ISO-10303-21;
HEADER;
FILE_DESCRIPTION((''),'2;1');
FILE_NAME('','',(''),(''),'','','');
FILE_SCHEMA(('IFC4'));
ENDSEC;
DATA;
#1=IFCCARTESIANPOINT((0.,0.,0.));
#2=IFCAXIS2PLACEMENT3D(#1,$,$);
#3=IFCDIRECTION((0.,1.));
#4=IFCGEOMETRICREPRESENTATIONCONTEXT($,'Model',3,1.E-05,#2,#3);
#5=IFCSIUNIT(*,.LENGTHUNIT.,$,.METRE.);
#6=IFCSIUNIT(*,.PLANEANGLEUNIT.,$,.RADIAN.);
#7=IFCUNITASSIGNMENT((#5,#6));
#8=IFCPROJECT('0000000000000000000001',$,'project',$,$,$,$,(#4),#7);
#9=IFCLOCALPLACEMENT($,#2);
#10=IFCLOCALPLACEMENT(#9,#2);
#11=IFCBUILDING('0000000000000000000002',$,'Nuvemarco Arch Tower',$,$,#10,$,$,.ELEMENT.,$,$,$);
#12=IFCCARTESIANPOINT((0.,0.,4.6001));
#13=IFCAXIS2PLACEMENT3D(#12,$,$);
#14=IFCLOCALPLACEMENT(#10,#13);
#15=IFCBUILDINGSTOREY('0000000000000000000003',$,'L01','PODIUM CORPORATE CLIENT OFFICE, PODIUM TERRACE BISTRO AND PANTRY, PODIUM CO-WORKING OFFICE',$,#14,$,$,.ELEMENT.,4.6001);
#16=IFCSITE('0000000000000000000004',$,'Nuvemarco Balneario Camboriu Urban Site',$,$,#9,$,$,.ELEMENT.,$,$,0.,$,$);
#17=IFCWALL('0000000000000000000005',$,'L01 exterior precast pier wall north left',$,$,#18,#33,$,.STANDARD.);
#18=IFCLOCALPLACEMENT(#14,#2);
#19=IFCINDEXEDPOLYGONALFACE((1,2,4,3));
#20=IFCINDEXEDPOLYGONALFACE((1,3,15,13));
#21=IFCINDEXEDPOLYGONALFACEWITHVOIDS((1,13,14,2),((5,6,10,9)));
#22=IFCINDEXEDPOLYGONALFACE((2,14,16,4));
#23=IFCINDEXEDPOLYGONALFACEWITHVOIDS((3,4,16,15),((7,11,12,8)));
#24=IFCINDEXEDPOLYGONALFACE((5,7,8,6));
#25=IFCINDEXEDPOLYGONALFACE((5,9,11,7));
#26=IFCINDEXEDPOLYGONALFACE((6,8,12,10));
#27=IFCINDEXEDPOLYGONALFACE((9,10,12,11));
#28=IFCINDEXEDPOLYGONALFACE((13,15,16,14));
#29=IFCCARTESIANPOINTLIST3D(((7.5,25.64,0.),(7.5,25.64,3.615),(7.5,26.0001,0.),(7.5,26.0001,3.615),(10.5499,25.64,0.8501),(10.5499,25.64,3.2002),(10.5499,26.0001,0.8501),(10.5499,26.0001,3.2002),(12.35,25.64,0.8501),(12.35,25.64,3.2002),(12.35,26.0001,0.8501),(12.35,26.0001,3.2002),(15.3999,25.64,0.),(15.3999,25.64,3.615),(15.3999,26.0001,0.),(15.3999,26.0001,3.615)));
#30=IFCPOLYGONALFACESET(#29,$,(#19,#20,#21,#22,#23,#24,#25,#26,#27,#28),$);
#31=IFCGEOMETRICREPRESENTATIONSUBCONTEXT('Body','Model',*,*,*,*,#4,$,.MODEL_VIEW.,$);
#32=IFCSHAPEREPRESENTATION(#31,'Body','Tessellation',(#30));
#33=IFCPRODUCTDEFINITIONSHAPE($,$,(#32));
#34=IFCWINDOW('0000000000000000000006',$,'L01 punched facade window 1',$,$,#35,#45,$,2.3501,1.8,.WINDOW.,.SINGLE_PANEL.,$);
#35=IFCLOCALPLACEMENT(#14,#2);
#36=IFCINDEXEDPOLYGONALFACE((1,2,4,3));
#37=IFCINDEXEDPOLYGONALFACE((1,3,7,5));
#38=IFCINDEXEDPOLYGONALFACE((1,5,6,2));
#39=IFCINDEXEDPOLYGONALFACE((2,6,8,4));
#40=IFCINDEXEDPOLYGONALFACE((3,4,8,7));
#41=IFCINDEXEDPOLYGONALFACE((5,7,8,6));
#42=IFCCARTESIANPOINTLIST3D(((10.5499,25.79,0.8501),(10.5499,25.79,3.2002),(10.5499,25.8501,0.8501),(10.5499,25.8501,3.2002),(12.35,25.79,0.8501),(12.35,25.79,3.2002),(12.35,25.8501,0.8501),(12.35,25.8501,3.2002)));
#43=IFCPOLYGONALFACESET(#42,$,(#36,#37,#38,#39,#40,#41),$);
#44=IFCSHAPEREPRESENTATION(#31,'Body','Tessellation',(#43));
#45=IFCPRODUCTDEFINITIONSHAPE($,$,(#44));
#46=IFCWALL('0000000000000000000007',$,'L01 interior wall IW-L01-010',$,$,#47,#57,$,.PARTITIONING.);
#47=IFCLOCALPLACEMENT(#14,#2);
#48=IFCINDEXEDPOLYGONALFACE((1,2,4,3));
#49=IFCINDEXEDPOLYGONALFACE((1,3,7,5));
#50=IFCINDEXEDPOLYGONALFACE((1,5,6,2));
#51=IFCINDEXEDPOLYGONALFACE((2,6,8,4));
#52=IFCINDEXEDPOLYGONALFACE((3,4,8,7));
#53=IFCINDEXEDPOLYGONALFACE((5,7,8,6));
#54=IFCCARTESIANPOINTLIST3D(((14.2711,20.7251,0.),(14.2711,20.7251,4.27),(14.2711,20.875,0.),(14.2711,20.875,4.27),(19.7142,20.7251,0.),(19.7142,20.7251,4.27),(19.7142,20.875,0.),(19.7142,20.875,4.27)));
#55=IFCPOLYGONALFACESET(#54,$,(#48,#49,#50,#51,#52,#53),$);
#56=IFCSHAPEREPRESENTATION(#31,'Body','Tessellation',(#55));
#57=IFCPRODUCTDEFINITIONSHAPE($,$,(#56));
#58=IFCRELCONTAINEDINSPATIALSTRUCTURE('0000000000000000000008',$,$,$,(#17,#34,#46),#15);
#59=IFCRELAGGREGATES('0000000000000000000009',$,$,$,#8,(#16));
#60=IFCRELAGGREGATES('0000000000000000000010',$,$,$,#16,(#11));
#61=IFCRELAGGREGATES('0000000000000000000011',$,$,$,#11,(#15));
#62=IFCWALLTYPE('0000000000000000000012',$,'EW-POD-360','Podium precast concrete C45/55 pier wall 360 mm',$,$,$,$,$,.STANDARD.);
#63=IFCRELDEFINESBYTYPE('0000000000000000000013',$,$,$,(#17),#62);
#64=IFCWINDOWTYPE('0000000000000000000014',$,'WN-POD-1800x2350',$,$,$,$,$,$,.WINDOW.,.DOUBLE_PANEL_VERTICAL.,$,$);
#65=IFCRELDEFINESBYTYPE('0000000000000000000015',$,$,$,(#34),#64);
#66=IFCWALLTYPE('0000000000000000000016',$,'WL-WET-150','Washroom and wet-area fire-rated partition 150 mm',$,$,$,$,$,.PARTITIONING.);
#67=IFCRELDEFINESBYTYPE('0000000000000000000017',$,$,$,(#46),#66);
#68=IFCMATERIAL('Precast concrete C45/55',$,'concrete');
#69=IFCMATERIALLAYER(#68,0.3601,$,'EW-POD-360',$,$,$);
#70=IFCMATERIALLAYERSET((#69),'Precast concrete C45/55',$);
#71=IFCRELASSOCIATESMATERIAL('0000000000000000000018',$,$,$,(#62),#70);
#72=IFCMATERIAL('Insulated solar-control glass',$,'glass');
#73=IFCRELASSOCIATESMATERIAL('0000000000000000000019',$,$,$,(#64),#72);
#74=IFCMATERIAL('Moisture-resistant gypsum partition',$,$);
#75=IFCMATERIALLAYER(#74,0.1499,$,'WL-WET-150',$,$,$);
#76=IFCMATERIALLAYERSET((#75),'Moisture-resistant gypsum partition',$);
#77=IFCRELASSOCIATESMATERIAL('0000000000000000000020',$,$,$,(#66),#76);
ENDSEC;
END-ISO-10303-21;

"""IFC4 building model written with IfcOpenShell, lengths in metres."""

from ifc_helpers import new_model, si_unit, direction, frame, frame_2d, origin, place, context, subcontext, project, spatial, rectangle, extrude, source, transform, mapped, material, layer, layer_set, type_object, type_shapes, element, fill, save


model = new_model("IFC4")

# Units and contexts
model_context = context("Model", 3, precision=1e-05, world=origin(), true_north=direction((0.0, 1.0)))
body_context = subcontext(model_context, "Body", "Model", "MODEL_VIEW")
ifc_project = project(units=[si_unit("LENGTHUNIT", "METRE"), si_unit("PLANEANGLEUNIT", "RADIAN")], contexts=[model_context])

# Site, building, storey
site_placement = place(None, origin())
site = spatial("IfcSite", under=ifc_project, at=site_placement, Name="Nuvemarco Balneario Camboriu Urban Site", CompositionType="ELEMENT", RefElevation=0.0)
building_placement = place(site_placement, origin())
building = spatial("IfcBuilding", under=site, at=building_placement, Name="Nuvemarco Arch Tower", CompositionType="ELEMENT")
storey_placement = place(building_placement, frame((0.0, 0.0, 4.6001)))
storey = spatial("IfcBuildingStorey", under=building, at=storey_placement, Name="L01", Description="PODIUM CORPORATE CLIENT OFFICE, PODIUM TERRACE BISTRO AND PANTRY, PODIUM CO-WORKING OFFICE", CompositionType="ELEMENT", Elevation=4.6001)

# Shared definitions
ifc_material_1 = material(Name="Precast concrete C45/55", Category="concrete")

# Shared definitions
ifc_material_2 = material(Name="Insulated solar-control glass", Category="glass")

# Wall, opening, window
ifc_layer_1 = layer(ifc_material_1, 0.3601, Name="EW-POD-360")
ifc_layer_set_1 = layer_set([ifc_layer_1], Name="Precast concrete C45/55")
wall_type_1 = type_object("IfcWallType", Name="EW-POD-360", Description="Podium precast concrete C45/55 pier wall 360 mm", PredefinedType="STANDARD", material=ifc_layer_set_1)
wall_1_placement = place(storey_placement, frame((7.5, 25.8201, 0.0), z_axis=(0.0, 0.0, 1.0), x_axis=(1.0, 0.0, 0.0)))
wall_1 = element("IfcWall", 1, at=wall_1_placement, inside=storey, type_object=wall_type_1, Name="L01 exterior precast pier wall north left", PredefinedType="STANDARD", context=body_context, shape_type="SweptSolid", body=[
    extrude(rectangle(XDim=7.8999, YDim=0.3601, at=frame_2d((3.95, 0.0))), origin(), (0.0, 0.0, 1.0), 3.615),
])
opening_placement = place(wall_1_placement, frame((3.05, 0.0, 0.8501)))
opening = element("IfcOpeningElement", 2, at=opening_placement, cuts=wall_1, PredefinedType="OPENING", context=body_context, shape_type="SweptSolid", body=[
    extrude(rectangle(XDim=1.8, YDim=2.3501, at=frame_2d((0.8999, 1.175))), frame((0.0, 0.1899, 0.0), z_axis=(0.0, -1.0, 0.0), x_axis=(1.0, 0.0, 0.0)), (0.0, 0.0, 1.0), 0.3801),
])
window_type = type_object("IfcWindowType", Name="WN-POD-1800x2350", PartitioningType="DOUBLE_PANEL_VERTICAL", PredefinedType="WINDOW", material=ifc_material_2)
shared_shape_1 = source(origin(), body_context, "Body", "SweptSolid", [
    extrude(rectangle(XDim=1.8, YDim=2.3501, at=frame_2d((0.8999, 1.175))), frame((0.0, 0.03, 0.0), z_axis=(0.0, -1.0, 0.0), x_axis=(1.0, 0.0, 0.0)), (0.0, 0.0, 1.0), 0.0601),
])
type_shapes(window_type, [shared_shape_1])
window_placement = place(opening_placement, origin())
window = element("IfcWindow", 3, at=window_placement, inside=storey, type_object=window_type, Name="L01 punched facade window 1", OverallHeight=2.3501, OverallWidth=1.8, PartitioningType="SINGLE_PANEL", PredefinedType="WINDOW", context=body_context, shape_type="MappedRepresentation", body=[
    mapped(shared_shape_1, transform((0.0, 0.0, 0.0), scale=1.0)),
])
fill(opening, window)

# Wall
ifc_material_3 = material(Name="Moisture-resistant gypsum partition")
ifc_layer_2 = layer(ifc_material_3, 0.1499, Name="WL-WET-150")
ifc_layer_set_2 = layer_set([ifc_layer_2], Name="Moisture-resistant gypsum partition")
wall_type_2 = type_object("IfcWallType", Name="WL-WET-150", Description="Washroom and wet-area fire-rated partition 150 mm", PredefinedType="PARTITIONING", material=ifc_layer_set_2)
wall_2_placement = place(storey_placement, frame((14.271, 20.8, 0.0), z_axis=(0.0, 0.0, 1.0), x_axis=(1.0, 0.0, 0.0)))
element("IfcWall", 4, at=wall_2_placement, inside=storey, type_object=wall_type_2, Name="L01 interior wall IW-L01-010", PredefinedType="PARTITIONING", context=body_context, shape_type="SweptSolid", body=[
    extrude(rectangle(XDim=5.4431, YDim=0.1499, at=frame_2d((2.7217, 0.0))), origin(), (0.0, 0.0, 1.0), 4.27),
])

save(model, "model.ifc")
